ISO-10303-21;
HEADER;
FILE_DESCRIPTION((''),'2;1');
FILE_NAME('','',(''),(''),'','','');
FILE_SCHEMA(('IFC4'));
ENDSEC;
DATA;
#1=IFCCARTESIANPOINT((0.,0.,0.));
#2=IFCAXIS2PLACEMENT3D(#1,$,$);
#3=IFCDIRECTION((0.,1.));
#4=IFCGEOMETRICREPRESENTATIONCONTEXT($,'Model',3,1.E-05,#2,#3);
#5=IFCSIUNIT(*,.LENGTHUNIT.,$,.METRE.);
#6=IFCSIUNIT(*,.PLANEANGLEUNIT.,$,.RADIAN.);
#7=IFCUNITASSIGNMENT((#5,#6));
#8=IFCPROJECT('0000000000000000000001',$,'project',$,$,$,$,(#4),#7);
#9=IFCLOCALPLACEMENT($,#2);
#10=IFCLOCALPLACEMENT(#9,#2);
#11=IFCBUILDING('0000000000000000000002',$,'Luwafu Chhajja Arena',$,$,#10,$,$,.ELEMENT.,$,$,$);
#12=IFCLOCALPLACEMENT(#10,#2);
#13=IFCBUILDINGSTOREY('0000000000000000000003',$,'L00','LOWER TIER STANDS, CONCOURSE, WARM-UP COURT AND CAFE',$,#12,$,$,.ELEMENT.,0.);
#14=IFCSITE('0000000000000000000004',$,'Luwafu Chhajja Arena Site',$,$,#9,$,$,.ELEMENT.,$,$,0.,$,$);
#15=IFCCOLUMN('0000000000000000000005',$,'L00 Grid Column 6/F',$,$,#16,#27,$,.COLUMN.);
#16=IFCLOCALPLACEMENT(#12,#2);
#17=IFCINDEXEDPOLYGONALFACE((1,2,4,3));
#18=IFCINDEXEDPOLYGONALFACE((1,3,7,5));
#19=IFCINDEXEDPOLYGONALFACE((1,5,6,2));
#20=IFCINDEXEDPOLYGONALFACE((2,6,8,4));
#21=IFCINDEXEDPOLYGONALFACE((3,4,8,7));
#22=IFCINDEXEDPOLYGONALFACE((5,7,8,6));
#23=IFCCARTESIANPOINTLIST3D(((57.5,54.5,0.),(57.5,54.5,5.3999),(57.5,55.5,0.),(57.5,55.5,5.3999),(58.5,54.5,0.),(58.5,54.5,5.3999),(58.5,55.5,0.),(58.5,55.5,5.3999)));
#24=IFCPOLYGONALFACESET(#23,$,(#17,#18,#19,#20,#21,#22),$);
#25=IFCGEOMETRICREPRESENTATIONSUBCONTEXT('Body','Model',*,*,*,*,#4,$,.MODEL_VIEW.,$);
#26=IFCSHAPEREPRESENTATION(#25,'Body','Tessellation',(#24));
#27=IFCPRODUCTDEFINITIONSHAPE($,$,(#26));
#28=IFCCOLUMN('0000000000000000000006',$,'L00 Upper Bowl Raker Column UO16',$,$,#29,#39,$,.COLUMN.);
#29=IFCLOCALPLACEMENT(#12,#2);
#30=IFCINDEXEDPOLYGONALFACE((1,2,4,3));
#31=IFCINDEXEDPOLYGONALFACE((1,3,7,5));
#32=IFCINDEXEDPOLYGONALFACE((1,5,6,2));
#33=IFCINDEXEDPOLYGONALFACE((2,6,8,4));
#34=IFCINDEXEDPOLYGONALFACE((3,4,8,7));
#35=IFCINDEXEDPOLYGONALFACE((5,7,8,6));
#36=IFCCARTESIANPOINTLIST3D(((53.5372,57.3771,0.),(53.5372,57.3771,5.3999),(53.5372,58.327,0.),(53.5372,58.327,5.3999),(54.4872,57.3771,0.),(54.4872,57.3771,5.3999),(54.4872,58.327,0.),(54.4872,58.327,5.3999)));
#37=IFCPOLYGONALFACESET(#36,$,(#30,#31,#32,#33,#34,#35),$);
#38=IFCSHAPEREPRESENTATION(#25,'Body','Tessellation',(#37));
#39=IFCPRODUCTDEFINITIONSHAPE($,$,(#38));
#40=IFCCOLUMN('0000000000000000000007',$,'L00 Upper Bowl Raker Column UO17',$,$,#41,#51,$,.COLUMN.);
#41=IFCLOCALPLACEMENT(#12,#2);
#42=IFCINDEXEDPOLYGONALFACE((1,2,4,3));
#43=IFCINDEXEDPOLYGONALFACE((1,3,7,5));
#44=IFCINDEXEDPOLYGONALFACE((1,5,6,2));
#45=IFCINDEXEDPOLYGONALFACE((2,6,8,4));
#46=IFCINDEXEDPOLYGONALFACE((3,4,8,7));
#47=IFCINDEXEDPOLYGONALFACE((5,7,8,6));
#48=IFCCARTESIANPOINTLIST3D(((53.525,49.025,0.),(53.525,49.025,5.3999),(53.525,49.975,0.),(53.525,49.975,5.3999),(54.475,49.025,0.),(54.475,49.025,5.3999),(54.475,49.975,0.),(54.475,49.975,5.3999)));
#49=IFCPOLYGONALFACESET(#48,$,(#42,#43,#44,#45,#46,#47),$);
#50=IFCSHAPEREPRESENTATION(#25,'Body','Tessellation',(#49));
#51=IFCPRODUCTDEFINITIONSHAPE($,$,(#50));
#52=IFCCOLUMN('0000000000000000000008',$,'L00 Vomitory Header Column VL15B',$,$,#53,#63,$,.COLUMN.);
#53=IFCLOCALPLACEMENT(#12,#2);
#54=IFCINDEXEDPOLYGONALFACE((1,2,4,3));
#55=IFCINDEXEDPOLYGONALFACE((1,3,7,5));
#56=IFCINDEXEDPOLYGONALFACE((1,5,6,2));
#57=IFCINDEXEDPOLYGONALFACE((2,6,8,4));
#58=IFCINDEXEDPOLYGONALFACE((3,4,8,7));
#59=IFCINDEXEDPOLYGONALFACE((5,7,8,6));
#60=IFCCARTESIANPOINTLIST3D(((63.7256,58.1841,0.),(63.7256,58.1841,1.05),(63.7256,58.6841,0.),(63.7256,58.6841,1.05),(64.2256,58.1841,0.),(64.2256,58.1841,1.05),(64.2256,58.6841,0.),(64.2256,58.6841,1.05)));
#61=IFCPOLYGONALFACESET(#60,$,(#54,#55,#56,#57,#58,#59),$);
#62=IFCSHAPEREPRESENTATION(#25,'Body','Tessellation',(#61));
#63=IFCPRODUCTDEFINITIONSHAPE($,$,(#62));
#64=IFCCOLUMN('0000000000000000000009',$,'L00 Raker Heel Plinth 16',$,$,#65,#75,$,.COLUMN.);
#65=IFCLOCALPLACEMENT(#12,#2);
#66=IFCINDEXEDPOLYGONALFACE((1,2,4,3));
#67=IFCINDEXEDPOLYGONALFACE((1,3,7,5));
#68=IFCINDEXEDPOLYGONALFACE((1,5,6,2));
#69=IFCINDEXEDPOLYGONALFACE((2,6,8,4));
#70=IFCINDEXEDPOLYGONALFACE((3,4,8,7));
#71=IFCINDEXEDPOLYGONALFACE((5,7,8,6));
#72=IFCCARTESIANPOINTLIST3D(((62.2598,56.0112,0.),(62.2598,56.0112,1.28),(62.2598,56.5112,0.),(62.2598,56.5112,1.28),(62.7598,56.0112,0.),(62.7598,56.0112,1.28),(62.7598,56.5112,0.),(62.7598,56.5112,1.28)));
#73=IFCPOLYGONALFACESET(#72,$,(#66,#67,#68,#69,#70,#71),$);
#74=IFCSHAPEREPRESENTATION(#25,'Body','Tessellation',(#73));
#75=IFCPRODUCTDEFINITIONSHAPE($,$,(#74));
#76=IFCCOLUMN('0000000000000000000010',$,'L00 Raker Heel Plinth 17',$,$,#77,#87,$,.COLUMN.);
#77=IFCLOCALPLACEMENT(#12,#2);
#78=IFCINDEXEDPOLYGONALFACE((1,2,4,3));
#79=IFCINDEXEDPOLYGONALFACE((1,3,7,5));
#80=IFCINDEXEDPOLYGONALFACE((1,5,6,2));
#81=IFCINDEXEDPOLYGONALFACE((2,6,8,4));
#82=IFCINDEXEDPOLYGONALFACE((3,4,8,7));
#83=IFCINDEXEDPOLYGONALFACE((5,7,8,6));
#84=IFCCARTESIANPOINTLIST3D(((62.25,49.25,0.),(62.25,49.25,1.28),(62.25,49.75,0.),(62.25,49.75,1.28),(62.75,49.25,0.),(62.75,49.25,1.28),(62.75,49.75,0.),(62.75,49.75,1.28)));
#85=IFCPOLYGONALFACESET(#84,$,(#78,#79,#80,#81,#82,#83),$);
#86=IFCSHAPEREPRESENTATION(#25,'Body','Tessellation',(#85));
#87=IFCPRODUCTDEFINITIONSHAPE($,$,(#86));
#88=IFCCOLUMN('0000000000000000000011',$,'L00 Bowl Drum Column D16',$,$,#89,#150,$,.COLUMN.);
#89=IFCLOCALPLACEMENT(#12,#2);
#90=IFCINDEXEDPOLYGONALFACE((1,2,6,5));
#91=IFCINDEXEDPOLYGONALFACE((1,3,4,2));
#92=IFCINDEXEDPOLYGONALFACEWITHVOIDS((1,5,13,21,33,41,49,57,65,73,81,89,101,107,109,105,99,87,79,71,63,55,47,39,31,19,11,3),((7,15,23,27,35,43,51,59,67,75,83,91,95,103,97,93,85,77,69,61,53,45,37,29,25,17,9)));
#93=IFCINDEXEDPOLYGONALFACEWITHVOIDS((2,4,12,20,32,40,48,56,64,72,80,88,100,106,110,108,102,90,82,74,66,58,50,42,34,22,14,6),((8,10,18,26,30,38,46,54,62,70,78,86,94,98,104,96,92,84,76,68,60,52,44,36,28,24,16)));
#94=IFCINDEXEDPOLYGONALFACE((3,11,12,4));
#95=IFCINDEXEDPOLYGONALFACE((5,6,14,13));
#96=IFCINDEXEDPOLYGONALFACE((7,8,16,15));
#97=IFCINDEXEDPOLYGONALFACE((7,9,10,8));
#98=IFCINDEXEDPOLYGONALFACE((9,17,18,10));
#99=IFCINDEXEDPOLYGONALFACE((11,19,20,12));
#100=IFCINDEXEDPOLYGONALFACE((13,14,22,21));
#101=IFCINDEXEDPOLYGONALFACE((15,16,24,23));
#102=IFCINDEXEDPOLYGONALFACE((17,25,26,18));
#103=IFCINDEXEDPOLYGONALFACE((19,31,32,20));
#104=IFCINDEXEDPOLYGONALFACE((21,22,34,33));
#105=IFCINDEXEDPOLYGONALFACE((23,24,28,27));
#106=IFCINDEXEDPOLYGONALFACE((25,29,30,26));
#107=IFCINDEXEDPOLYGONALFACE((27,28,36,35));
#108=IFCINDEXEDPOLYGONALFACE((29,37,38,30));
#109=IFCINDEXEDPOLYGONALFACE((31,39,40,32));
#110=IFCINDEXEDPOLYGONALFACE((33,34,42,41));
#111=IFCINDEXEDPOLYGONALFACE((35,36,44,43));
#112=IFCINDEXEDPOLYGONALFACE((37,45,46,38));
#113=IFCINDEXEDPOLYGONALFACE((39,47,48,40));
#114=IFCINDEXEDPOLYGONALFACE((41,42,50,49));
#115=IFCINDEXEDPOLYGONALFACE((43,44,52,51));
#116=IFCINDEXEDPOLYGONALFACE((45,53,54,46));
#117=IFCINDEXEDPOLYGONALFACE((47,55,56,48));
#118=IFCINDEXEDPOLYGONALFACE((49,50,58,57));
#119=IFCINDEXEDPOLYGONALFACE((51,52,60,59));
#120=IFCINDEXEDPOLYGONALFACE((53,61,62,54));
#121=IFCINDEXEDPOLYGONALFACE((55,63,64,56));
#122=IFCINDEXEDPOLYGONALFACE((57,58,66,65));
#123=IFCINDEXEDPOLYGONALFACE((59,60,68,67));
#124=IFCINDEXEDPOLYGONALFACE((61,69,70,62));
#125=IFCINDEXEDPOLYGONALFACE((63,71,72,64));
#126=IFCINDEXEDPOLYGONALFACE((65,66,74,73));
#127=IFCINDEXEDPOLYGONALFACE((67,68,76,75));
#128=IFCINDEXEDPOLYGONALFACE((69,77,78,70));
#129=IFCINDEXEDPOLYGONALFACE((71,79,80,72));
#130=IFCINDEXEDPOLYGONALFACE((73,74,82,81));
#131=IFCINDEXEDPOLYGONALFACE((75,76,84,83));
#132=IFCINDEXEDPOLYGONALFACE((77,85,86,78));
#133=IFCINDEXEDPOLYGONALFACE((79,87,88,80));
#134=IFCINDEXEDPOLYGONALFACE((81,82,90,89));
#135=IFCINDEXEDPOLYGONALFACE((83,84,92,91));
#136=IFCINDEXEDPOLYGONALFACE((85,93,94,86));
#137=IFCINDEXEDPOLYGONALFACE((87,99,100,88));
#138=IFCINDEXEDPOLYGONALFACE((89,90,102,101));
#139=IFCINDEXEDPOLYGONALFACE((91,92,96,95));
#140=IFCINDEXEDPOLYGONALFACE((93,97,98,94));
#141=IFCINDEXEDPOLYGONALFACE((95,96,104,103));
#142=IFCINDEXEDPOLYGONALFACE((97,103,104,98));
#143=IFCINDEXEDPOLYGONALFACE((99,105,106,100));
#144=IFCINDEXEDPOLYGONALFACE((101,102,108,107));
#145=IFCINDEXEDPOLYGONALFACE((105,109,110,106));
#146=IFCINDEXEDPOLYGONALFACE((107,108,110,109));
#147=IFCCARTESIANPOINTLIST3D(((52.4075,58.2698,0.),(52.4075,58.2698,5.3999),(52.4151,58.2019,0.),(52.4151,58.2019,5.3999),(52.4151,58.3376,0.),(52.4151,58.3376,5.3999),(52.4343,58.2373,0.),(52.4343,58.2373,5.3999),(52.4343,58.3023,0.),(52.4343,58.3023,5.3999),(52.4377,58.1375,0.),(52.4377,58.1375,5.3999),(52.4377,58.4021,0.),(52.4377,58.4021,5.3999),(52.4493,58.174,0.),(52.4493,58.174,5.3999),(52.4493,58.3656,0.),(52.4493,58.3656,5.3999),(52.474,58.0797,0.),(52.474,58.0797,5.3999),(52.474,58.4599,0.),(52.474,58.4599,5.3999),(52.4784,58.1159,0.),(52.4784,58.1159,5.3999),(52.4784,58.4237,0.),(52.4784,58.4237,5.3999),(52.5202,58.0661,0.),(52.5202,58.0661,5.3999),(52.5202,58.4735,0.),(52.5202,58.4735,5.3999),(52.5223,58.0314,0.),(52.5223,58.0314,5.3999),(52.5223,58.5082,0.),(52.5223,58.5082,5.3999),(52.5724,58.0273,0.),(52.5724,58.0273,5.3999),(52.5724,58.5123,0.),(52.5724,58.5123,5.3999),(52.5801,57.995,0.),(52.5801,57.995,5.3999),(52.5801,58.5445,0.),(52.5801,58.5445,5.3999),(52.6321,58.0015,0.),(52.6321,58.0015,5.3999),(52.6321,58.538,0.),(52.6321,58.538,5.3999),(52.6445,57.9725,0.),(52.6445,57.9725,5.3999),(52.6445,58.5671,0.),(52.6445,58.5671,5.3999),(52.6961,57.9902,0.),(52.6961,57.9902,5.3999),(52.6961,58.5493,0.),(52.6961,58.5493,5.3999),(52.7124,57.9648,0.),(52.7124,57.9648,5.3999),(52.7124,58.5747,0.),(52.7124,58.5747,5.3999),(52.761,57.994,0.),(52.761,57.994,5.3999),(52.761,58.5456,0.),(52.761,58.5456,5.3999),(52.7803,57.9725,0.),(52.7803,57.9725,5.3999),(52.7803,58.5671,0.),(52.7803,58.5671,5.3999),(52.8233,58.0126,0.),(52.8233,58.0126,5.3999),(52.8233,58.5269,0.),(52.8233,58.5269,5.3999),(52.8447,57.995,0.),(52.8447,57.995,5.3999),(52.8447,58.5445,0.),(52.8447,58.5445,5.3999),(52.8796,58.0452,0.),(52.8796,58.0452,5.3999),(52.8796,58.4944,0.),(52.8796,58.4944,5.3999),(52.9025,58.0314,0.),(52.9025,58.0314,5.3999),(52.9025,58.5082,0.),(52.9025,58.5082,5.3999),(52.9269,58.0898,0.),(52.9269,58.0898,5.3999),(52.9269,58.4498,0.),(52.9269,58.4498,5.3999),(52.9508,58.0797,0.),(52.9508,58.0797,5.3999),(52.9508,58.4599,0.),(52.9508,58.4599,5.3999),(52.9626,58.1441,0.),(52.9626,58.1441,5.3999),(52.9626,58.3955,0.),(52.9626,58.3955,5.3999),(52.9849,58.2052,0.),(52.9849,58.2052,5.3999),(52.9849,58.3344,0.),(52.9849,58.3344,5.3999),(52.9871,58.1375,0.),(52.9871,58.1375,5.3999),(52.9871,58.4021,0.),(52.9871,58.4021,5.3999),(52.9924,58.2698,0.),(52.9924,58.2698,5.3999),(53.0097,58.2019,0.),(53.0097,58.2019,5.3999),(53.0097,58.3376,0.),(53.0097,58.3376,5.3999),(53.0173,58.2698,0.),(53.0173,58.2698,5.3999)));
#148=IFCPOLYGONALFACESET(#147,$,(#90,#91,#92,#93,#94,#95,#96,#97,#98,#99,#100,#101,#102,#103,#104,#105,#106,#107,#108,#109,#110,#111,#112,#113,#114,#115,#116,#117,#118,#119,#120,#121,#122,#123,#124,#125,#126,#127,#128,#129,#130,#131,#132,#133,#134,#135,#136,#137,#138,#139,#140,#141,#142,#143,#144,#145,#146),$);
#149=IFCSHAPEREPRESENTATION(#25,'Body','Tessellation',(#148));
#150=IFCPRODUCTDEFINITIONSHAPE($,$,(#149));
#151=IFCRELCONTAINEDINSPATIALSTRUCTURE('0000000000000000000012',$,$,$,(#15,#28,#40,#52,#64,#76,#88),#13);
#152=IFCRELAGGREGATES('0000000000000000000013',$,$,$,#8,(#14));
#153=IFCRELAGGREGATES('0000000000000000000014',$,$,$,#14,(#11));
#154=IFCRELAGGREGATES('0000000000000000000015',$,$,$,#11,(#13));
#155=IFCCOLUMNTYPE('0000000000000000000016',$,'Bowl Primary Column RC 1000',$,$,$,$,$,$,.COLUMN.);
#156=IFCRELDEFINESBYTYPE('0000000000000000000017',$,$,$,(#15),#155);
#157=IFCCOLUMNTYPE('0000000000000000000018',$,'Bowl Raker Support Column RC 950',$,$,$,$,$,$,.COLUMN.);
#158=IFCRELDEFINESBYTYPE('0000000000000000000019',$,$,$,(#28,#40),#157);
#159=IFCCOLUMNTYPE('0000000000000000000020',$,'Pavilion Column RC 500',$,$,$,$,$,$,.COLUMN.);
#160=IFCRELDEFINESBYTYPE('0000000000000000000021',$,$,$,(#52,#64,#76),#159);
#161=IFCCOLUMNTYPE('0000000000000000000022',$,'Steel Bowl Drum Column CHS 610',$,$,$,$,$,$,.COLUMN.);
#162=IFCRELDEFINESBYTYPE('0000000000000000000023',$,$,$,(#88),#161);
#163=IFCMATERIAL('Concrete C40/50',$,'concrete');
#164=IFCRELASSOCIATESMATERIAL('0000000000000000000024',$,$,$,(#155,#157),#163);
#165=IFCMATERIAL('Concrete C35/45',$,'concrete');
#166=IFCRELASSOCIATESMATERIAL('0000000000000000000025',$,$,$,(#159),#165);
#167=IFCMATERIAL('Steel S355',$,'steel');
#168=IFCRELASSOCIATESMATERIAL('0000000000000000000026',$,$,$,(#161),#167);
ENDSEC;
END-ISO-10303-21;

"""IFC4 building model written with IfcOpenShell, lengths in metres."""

from ifc_helpers import new_model, si_unit, direction, frame, origin, origin_2d, place, context, subcontext, project, spatial, rectangle, hollow_circle, extrude, material, material_profile, profile_set, type_object, element, save


model = new_model("IFC4")

# Units and contexts
model_context = context("Model", 3, precision=1e-05, world=origin(), true_north=direction((0.0, 1.0)))
body_context = subcontext(model_context, "Body", "Model", "MODEL_VIEW")
ifc_project = project(units=[si_unit("LENGTHUNIT", "METRE"), si_unit("PLANEANGLEUNIT", "RADIAN")], contexts=[model_context])

# Site, building, storey
site_placement = place(None, origin())
site = spatial("IfcSite", under=ifc_project, at=site_placement, Name="Luwafu Chhajja Arena Site", CompositionType="ELEMENT", RefElevation=0.0)
building_placement = place(site_placement, origin())
building = spatial("IfcBuilding", under=site, at=building_placement, Name="Luwafu Chhajja Arena", CompositionType="ELEMENT")
storey_placement = place(building_placement, origin())
storey = spatial("IfcBuildingStorey", under=building, at=storey_placement, Name="L00", Description="LOWER TIER STANDS, CONCOURSE, WARM-UP COURT AND CAFE", CompositionType="ELEMENT", Elevation=0.0)

# Columns
ifc_material_1 = material(Name="Concrete C40/50", Category="concrete")
ifc_material_profile_1 = material_profile(ifc_material_1, rectangle(XDim=1.0, YDim=1.0, at=origin_2d()), Name="RC 1000x1000")
ifc_profile_set_1 = profile_set([ifc_material_profile_1], Name="Concrete C40/50")
column_type_1 = type_object("IfcColumnType", Name="Bowl Primary Column RC 1000", PredefinedType="COLUMN", material=ifc_profile_set_1)
column_1_placement = place(storey_placement, frame((58.0, 55.0, 0.0), z_axis=(0.0, 0.0, 1.0), x_axis=(1.0, 0.0, 0.0)))
element("IfcColumn", 1, at=column_1_placement, inside=storey, type_object=column_type_1, Name="L00 Grid Column 6/F", PredefinedType="COLUMN", context=body_context, shape_type="SweptSolid", body=[
    extrude(rectangle(XDim=1.0, YDim=1.0, at=origin_2d()), origin(), (0.0, 0.0, 1.0), 5.3999),
])
ifc_material_profile_2 = material_profile(ifc_material_1, rectangle(XDim=0.95, YDim=0.95, at=origin_2d()), Name="RC 950x950")
ifc_profile_set_2 = profile_set([ifc_material_profile_2], Name="Concrete C40/50")
column_type_2 = type_object("IfcColumnType", Name="Bowl Raker Support Column RC 950", PredefinedType="COLUMN", material=ifc_profile_set_2)
for number, where, z_axis, x_axis, name in (
    (2, (54.0122, 57.8521, 0.0), (0.0, 0.0, 1.0), (1.0, 0.0, 0.0), "L00 Upper Bowl Raker Column UO16"),
    (3, (54.0, 49.5, 0.0), (0.0, 0.0, 1.0), (1.0, 0.0, 0.0), "L00 Upper Bowl Raker Column UO17"),
):
    element("IfcColumn", number, at=place(storey_placement, frame(where, z_axis=z_axis, x_axis=x_axis)), inside=storey, type_object=column_type_2, Name=name, PredefinedType="COLUMN", context=body_context, shape_type="SweptSolid", body=[
        extrude(rectangle(XDim=0.95, YDim=0.95, at=origin_2d()), origin(), (0.0, 0.0, 1.0), 5.3999),
    ])
ifc_material_2 = material(Name="Concrete C35/45", Category="concrete")
ifc_material_profile_3 = material_profile(ifc_material_2, rectangle(XDim=0.5, YDim=0.5, at=origin_2d()), Name="RC 500x500")
ifc_profile_set_3 = profile_set([ifc_material_profile_3], Name="Concrete C35/45")
column_type_3 = type_object("IfcColumnType", Name="Pavilion Column RC 500", PredefinedType="COLUMN", material=ifc_profile_set_3)
column_2_placement = place(storey_placement, frame((63.9756, 58.4341, 0.0), z_axis=(0.0, 0.0, 1.0), x_axis=(1.0, 0.0, 0.0)))
element("IfcColumn", 4, at=column_2_placement, inside=storey, type_object=column_type_3, Name="L00 Vomitory Header Column VL15B", PredefinedType="COLUMN", context=body_context, shape_type="SweptSolid", body=[
    extrude(rectangle(XDim=0.5, YDim=0.5, at=origin_2d()), origin(), (0.0, 0.0, 1.0), 1.05),
])
for number, where, z_axis, x_axis, name in (
    (5, (62.5098, 56.2612, 0.0), (0.0, 0.0, 1.0), (1.0, 0.0, 0.0), "L00 Raker Heel Plinth 16"),
    (6, (62.5, 49.5, 0.0), (0.0, 0.0, 1.0), (1.0, 0.0, 0.0), "L00 Raker Heel Plinth 17"),
):
    element("IfcColumn", number, at=place(storey_placement, frame(where, z_axis=z_axis, x_axis=x_axis)), inside=storey, type_object=column_type_3, Name=name, PredefinedType="COLUMN", context=body_context, shape_type="SweptSolid", body=[
        extrude(rectangle(XDim=0.5, YDim=0.5, at=origin_2d()), origin(), (0.0, 0.0, 1.0), 1.28),
    ])
ifc_material_3 = material(Name="Steel S355", Category="steel")
ifc_material_profile_4 = material_profile(ifc_material_3, hollow_circle(Radius=0.3049, WallThickness=0.0249, at=origin_2d()), Name="CHS 610x25")
ifc_profile_set_4 = profile_set([ifc_material_profile_4], Name="Steel S355")
column_type_4 = type_object("IfcColumnType", Name="Steel Bowl Drum Column CHS 610", PredefinedType="COLUMN", material=ifc_profile_set_4)
for number, where, z_axis, x_axis, name in (
    (7, (52.7124, 58.2698, 0.0), (0.0, 0.0, 1.0), (1.0, 0.0, 0.0), "L00 Bowl Drum Column D16"),
):
    element("IfcColumn", number, at=place(storey_placement, frame(where, z_axis=z_axis, x_axis=x_axis)), inside=storey, type_object=column_type_4, Name=name, PredefinedType="COLUMN", context=body_context, shape_type="SweptSolid", body=[
        extrude(hollow_circle(Radius=0.3049, WallThickness=0.0249, at=origin_2d()), origin(), (0.0, 0.0, 1.0), 5.3999),
    ])

save(model, "model.ifc")
